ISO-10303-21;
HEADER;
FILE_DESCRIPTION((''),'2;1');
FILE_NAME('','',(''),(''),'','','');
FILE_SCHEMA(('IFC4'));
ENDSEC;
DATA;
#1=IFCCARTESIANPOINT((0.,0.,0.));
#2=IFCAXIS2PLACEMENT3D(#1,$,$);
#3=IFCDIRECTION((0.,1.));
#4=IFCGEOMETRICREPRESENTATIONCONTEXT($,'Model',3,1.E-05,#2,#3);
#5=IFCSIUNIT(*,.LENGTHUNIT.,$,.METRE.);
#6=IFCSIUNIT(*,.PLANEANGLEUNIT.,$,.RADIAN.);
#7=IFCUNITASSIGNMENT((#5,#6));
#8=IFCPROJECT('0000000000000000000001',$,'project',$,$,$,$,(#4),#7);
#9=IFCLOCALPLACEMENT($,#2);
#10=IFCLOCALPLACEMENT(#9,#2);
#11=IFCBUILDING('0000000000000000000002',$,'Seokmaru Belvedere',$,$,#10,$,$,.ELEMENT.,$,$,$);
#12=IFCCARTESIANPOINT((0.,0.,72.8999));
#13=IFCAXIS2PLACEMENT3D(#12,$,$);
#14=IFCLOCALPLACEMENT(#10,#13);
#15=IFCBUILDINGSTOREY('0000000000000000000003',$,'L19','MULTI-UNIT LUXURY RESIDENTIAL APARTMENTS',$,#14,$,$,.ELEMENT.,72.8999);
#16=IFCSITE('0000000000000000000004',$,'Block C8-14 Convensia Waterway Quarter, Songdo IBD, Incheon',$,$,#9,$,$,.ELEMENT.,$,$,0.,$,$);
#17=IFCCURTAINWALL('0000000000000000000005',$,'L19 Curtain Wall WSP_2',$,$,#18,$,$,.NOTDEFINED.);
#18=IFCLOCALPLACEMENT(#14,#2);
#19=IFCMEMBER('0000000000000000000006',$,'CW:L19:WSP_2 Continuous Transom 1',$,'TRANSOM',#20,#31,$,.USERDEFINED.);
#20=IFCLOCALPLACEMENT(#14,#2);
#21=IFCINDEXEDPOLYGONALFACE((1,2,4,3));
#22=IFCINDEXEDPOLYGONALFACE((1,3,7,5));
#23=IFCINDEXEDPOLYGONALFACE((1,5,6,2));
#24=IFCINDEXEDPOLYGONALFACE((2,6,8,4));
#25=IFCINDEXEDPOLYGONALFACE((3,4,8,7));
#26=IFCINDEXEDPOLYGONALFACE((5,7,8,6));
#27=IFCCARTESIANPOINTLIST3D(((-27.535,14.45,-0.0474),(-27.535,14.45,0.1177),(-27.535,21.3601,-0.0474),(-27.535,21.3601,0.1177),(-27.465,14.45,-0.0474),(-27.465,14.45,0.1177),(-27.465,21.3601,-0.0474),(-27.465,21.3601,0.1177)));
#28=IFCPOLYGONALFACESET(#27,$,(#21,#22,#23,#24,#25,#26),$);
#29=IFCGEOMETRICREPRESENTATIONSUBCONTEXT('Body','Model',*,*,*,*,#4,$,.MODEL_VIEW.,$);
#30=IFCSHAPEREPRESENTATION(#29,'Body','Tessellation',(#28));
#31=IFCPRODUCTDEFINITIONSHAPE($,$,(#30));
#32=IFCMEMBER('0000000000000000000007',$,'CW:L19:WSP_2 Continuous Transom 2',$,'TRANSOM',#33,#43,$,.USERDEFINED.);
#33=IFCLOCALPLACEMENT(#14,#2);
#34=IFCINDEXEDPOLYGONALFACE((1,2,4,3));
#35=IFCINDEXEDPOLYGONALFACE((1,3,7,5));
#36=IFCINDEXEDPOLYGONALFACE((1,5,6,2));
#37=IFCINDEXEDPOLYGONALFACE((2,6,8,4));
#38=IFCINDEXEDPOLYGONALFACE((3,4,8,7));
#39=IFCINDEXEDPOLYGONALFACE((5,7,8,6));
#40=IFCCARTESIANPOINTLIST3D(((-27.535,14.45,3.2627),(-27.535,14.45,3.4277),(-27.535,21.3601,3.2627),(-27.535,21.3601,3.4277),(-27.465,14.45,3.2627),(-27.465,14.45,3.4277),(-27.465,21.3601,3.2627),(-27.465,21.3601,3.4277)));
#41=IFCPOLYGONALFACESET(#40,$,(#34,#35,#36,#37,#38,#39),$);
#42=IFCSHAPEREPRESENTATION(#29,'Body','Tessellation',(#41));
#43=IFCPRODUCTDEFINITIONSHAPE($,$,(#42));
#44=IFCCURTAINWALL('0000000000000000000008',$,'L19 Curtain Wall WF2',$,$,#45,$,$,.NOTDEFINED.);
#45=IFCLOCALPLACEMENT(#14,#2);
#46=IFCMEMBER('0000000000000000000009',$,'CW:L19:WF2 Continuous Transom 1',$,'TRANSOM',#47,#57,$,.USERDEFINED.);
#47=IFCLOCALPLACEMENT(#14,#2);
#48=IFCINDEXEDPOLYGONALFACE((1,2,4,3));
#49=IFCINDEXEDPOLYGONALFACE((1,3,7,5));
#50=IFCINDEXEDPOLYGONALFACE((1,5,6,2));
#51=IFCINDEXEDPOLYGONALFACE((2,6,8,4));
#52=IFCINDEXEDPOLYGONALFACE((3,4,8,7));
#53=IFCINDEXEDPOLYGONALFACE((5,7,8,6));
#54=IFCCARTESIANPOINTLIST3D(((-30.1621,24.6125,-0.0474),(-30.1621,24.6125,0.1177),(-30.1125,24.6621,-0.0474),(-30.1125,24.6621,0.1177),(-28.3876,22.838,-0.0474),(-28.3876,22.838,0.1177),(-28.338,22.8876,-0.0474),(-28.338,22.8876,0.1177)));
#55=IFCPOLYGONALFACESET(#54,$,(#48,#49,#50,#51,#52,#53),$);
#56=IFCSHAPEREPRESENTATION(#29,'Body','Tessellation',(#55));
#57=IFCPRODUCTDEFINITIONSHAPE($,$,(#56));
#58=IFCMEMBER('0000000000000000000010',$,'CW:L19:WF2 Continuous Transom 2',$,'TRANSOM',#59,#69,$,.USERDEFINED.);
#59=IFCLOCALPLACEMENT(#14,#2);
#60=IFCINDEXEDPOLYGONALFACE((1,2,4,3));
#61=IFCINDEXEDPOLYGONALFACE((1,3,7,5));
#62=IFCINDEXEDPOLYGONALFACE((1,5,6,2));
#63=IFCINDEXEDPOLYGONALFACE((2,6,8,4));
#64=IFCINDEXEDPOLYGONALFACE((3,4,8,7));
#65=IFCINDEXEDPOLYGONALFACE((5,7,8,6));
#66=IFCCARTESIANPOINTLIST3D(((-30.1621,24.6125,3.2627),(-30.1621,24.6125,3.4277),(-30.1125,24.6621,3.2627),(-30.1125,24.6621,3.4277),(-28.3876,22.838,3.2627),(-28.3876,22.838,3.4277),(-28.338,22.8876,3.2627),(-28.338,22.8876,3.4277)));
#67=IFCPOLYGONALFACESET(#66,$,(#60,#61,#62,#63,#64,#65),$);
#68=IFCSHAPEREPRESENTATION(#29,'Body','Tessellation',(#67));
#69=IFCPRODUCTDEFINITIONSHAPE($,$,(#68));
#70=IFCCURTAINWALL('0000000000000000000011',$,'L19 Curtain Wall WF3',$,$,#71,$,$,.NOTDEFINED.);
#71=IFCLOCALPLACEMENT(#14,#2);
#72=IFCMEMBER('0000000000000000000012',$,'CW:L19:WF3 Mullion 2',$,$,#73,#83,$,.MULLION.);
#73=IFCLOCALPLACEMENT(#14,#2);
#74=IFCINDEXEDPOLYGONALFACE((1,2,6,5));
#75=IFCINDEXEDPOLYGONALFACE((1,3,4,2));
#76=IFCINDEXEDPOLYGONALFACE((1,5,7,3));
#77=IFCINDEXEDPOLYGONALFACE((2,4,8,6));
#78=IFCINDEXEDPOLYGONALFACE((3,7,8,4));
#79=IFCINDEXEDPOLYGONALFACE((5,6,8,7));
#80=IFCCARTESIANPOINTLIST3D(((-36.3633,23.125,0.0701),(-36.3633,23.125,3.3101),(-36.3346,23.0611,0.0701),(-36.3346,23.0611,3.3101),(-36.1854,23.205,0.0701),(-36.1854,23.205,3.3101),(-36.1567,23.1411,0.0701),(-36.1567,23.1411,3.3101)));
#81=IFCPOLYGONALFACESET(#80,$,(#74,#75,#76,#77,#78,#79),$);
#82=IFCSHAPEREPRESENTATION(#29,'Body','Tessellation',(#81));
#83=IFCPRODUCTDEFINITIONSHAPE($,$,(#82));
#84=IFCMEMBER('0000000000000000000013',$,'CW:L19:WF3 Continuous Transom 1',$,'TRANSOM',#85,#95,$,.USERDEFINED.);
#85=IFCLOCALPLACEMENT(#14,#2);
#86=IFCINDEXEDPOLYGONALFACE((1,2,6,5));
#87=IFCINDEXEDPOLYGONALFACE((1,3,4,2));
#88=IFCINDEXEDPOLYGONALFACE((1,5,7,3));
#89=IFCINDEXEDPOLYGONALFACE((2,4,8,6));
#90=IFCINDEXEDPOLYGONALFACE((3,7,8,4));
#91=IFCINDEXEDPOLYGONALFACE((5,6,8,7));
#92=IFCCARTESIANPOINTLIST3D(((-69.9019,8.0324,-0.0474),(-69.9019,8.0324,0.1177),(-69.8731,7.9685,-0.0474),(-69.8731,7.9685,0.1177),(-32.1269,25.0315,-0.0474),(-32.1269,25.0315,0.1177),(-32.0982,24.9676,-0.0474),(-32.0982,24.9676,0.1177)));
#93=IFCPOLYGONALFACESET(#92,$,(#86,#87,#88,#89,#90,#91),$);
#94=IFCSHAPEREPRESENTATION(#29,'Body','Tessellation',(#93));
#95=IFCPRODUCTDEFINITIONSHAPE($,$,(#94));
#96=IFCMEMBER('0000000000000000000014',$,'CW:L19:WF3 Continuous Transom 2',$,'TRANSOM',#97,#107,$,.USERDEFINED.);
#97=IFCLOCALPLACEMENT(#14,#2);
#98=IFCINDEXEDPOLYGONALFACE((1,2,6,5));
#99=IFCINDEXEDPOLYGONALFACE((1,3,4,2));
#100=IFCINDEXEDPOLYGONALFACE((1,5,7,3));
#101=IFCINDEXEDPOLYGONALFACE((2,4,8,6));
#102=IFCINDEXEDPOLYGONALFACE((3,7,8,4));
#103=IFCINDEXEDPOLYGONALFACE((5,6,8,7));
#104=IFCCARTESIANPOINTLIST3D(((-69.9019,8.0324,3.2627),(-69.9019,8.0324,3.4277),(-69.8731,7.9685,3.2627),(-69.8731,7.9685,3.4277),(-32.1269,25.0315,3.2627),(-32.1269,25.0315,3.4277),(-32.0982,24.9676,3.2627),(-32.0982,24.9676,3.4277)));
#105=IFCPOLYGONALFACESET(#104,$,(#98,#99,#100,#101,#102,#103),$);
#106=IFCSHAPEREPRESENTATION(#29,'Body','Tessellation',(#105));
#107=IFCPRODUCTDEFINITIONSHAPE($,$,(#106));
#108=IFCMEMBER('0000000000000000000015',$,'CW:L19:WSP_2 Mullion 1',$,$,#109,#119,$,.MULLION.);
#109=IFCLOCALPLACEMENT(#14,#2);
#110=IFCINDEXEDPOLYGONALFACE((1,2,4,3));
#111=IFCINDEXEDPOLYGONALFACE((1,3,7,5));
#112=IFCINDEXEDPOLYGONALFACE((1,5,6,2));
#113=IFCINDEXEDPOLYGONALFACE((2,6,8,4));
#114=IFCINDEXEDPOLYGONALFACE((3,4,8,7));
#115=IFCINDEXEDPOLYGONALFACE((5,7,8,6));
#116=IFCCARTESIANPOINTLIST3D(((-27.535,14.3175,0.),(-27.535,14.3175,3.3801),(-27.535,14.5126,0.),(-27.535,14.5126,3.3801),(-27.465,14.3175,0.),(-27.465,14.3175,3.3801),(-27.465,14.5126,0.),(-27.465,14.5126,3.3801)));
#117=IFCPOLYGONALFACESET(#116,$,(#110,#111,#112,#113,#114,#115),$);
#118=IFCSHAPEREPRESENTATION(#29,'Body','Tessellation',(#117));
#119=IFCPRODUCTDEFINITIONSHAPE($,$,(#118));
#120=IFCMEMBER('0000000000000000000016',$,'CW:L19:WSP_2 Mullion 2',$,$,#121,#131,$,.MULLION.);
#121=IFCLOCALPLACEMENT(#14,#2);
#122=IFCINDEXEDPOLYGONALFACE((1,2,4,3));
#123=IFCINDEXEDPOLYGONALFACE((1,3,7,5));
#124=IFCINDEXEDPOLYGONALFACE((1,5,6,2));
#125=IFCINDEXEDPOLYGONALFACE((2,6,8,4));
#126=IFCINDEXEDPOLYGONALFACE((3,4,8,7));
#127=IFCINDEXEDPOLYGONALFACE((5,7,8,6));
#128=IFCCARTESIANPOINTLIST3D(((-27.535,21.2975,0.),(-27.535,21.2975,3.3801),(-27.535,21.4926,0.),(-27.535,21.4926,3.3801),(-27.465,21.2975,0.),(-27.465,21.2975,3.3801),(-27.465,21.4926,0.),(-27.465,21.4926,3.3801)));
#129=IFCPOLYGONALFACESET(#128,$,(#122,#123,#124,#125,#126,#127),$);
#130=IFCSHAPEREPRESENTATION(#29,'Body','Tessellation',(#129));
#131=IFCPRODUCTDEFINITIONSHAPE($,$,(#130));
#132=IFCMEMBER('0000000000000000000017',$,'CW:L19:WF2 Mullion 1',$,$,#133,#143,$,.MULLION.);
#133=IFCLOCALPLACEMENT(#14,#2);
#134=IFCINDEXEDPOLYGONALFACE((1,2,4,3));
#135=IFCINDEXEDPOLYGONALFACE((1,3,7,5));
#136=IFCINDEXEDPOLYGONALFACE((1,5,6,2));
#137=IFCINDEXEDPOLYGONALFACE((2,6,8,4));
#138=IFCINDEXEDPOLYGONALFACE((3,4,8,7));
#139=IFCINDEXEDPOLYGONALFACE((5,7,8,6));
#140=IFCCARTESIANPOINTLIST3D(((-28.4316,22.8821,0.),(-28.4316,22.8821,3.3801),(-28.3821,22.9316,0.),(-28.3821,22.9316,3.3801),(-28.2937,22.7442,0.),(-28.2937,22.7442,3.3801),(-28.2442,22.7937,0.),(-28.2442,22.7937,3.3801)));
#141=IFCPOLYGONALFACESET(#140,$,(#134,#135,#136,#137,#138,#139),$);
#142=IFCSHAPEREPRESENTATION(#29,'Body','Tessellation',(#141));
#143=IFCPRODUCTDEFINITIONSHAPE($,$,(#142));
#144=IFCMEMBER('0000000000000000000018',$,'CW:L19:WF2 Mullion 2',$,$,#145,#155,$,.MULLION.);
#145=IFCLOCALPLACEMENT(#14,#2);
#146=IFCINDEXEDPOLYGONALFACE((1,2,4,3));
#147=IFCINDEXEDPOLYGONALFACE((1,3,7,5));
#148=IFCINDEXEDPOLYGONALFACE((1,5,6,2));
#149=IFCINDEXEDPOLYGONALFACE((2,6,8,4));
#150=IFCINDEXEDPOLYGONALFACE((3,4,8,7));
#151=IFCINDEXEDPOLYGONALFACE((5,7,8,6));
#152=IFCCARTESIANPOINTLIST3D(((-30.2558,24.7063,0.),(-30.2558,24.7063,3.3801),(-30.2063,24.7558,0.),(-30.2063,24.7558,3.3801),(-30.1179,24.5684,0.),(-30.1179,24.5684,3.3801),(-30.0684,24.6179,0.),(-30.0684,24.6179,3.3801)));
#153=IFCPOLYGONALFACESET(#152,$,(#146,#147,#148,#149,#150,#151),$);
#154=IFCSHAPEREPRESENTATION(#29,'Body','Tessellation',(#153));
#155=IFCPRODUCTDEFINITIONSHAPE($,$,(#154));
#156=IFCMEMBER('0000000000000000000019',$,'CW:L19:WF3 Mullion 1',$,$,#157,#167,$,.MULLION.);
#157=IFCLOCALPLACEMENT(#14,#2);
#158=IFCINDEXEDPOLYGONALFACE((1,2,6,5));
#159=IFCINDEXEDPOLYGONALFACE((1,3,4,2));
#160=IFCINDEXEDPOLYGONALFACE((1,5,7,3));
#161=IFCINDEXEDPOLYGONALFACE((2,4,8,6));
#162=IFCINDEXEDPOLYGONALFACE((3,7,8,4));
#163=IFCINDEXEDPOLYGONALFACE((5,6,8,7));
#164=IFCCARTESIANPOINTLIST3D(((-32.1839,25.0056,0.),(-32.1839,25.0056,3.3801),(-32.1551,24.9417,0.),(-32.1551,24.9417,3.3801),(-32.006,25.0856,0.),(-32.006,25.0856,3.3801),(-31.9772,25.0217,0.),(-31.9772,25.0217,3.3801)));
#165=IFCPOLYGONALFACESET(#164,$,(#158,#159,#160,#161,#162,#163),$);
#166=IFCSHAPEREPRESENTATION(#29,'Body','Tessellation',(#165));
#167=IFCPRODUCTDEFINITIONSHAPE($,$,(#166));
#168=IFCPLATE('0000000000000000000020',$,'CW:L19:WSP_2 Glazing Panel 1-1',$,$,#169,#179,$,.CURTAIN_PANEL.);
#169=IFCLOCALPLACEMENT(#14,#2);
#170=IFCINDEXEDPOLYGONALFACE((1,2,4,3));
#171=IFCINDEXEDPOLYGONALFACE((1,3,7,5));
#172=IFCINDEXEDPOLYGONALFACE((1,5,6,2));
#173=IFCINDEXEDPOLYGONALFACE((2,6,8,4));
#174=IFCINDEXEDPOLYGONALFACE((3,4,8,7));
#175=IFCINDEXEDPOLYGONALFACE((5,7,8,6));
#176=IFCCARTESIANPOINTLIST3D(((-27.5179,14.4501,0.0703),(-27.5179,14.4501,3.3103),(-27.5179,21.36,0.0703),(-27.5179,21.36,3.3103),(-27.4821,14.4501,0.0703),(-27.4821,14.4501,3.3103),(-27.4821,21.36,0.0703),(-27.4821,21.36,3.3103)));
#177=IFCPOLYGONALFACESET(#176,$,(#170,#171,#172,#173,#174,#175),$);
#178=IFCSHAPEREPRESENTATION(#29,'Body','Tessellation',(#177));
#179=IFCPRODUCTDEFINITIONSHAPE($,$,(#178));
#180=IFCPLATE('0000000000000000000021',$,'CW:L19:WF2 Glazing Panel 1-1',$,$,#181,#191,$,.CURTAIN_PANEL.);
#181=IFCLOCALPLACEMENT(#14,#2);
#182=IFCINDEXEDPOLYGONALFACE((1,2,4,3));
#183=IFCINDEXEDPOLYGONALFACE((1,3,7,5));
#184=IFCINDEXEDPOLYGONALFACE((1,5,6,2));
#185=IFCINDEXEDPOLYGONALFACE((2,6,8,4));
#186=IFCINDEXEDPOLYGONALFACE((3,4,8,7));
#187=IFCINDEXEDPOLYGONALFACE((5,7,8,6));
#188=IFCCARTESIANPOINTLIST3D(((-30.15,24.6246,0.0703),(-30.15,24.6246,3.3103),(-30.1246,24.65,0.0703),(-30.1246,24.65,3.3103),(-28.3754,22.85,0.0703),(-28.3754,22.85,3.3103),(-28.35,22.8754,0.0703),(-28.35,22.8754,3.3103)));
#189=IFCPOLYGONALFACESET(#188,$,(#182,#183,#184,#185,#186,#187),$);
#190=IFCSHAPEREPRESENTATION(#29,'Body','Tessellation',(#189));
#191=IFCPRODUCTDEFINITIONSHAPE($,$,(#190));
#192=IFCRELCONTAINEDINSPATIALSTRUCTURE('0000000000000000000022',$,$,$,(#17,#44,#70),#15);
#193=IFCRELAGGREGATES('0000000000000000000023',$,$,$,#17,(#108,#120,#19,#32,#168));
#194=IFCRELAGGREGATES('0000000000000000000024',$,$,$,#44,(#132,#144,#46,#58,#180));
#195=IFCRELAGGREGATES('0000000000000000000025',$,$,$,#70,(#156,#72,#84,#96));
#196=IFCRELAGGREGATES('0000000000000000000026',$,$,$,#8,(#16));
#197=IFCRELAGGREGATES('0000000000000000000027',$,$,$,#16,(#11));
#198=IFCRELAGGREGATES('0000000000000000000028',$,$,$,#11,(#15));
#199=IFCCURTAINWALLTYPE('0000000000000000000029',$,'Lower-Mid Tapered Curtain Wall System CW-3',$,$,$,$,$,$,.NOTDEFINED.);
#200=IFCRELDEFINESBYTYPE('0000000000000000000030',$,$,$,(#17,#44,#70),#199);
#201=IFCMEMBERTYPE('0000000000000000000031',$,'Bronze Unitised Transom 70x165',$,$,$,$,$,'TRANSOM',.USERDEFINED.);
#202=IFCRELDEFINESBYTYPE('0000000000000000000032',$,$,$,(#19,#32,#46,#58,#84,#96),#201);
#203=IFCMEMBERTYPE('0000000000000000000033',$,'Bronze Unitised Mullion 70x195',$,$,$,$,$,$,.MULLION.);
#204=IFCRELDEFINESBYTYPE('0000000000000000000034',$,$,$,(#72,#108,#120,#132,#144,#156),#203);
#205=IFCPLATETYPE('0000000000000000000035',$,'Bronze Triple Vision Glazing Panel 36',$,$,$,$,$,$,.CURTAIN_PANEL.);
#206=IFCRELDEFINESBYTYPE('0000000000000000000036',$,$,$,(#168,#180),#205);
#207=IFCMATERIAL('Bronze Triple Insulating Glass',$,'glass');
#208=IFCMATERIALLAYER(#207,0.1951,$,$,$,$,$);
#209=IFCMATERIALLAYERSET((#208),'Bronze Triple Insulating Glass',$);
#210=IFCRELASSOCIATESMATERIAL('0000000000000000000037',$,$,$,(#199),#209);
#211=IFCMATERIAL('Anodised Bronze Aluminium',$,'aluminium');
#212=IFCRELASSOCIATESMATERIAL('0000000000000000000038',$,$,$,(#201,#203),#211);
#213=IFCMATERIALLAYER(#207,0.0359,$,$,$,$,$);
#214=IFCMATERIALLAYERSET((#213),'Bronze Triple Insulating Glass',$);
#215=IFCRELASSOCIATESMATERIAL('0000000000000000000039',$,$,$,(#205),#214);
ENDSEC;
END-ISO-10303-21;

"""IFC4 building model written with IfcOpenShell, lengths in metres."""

from ifc_helpers import new_model, si_unit, direction, frame, origin, origin_2d, place, context, subcontext, project, spatial, rectangle, extrude, source, transform, mapped, material, layer, layer_set, material_profile, profile_set, type_object, type_shapes, element, aggregate, save


model = new_model("IFC4")

# Units and contexts
model_context = context("Model", 3, precision=1e-05, world=origin(), true_north=direction((0.0, 1.0)))
body_context = subcontext(model_context, "Body", "Model", "MODEL_VIEW")
ifc_project = project(units=[si_unit("LENGTHUNIT", "METRE"), si_unit("PLANEANGLEUNIT", "RADIAN")], contexts=[model_context])

# Site, building, storey
site_placement = place(None, origin())
site = spatial("IfcSite", under=ifc_project, at=site_placement, Name="Block C8-14 Convensia Waterway Quarter, Songdo IBD, Incheon", CompositionType="ELEMENT", RefElevation=0.0)
building_placement = place(site_placement, origin())
building = spatial("IfcBuilding", under=site, at=building_placement, Name="Seokmaru Belvedere", CompositionType="ELEMENT")
storey_placement = place(building_placement, frame((0.0, 0.0, 72.8999)))
storey = spatial("IfcBuildingStorey", under=building, at=storey_placement, Name="L19", Description="MULTI-UNIT LUXURY RESIDENTIAL APARTMENTS", CompositionType="ELEMENT", Elevation=72.8999)

# Curtain walls, members
ifc_material_1 = material(Name="Bronze Triple Insulating Glass", Category="glass")
ifc_layer_1 = layer(ifc_material_1, 0.1951)
ifc_layer_set_1 = layer_set([ifc_layer_1], Name="Bronze Triple Insulating Glass")
curtain_wall_type = type_object("IfcCurtainWallType", Name="Lower-Mid Tapered Curtain Wall System CW-3", PredefinedType="NOTDEFINED", material=ifc_layer_set_1)
curtain_wall_1_placement = place(storey_placement, origin())
curtain_wall_1 = element("IfcCurtainWall", 1, at=curtain_wall_1_placement, inside=storey, type_object=curtain_wall_type, Name="L19 Curtain Wall WSP_2", PredefinedType="NOTDEFINED")
ifc_material_2 = material(Name="Anodised Bronze Aluminium", Category="aluminium")
ifc_material_profile_1 = material_profile(ifc_material_2, rectangle(XDim=0.0701, YDim=0.165, at=origin_2d()), Name="CW-T-70x165")
ifc_profile_set_1 = profile_set([ifc_material_profile_1], Name="Anodised Bronze Aluminium")
member_type_1 = type_object("IfcMemberType", Name="Bronze Unitised Transom 70x165", ElementType="TRANSOM", PredefinedType="USERDEFINED", material=ifc_profile_set_1)
shared_shape_1 = source(origin(), body_context, "Body", "SweptSolid", [
    extrude(rectangle(XDim=0.0701, YDim=0.165, at=origin_2d()), origin(), (0.0, 0.0, 1.0), 6.9102),
])
member_1_placement = place(storey_placement, frame((-27.5, 14.45, 0.0352), z_axis=(0.0, 1.0, 0.0), x_axis=(-1.0, 0.0, 0.0)))
member_1 = element("IfcMember", 2, at=member_1_placement, type_object=member_type_1, Name="CW:L19:WSP_2 Continuous Transom 1", ObjectType="TRANSOM", PredefinedType="USERDEFINED", context=body_context, shape_type="MappedRepresentation", body=[
    mapped(shared_shape_1, transform((0.0, 0.0, 0.0), scale=1.0)),
])
member_2_placement = place(storey_placement, frame((-27.5, 14.45, 3.3452), z_axis=(0.0, 1.0, 0.0), x_axis=(-1.0, 0.0, 0.0)))
member_2 = element("IfcMember", 3, at=member_2_placement, type_object=member_type_1, Name="CW:L19:WSP_2 Continuous Transom 2", ObjectType="TRANSOM", PredefinedType="USERDEFINED", context=body_context, shape_type="MappedRepresentation", body=[
    mapped(shared_shape_1, transform((0.0, 0.0, 0.0), scale=1.0)),
])
curtain_wall_2_placement = place(storey_placement, origin())
curtain_wall_2 = element("IfcCurtainWall", 4, at=curtain_wall_2_placement, inside=storey, type_object=curtain_wall_type, Name="L19 Curtain Wall WF2", PredefinedType="NOTDEFINED")
shared_shape_2 = source(origin(), body_context, "Body", "SweptSolid", [
    extrude(rectangle(XDim=0.0701, YDim=0.165, at=origin_2d()), origin(), (0.0, 0.0, 1.0), 2.5095),
])
member_3_placement = place(storey_placement, frame((-28.3628, 22.8628, 0.0352), z_axis=(-0.707107, 0.707107, 0.0), x_axis=(-0.707107, -0.707107, 0.0)))
member_3 = element("IfcMember", 5, at=member_3_placement, type_object=member_type_1, Name="CW:L19:WF2 Continuous Transom 1", ObjectType="TRANSOM", PredefinedType="USERDEFINED", context=body_context, shape_type="MappedRepresentation", body=[
    mapped(shared_shape_2, transform((0.0, 0.0, 0.0), scale=1.0)),
])
member_4_placement = place(storey_placement, frame((-28.3628, 22.8628, 3.3452), z_axis=(-0.707107, 0.707107, 0.0), x_axis=(-0.707107, -0.707107, 0.0)))
member_4 = element("IfcMember", 6, at=member_4_placement, type_object=member_type_1, Name="CW:L19:WF2 Continuous Transom 2", ObjectType="TRANSOM", PredefinedType="USERDEFINED", context=body_context, shape_type="MappedRepresentation", body=[
    mapped(shared_shape_2, transform((0.0, 0.0, 0.0), scale=1.0)),
])
curtain_wall_3_placement = place(storey_placement, origin())
curtain_wall_3 = element("IfcCurtainWall", 7, at=curtain_wall_3_placement, inside=storey, type_object=curtain_wall_type, Name="L19 Curtain Wall WF3", PredefinedType="NOTDEFINED")
ifc_material_profile_2 = material_profile(ifc_material_2, rectangle(XDim=0.0701, YDim=0.1951, at=origin_2d()), Name="CW-M-70x195")
ifc_profile_set_2 = profile_set([ifc_material_profile_2], Name="Anodised Bronze Aluminium")
member_type_2 = type_object("IfcMemberType", Name="Bronze Unitised Mullion 70x195", PredefinedType="MULLION", material=ifc_profile_set_2)
shared_shape_3 = source(origin(), body_context, "Body", "SweptSolid", [
    extrude(rectangle(XDim=0.0701, YDim=0.1951, at=origin_2d()), origin(), (0.0, 0.0, 1.0), 3.24),
])
member_5_placement = place(storey_placement, frame((-36.26, 23.1331, 0.0701), z_axis=(0.0, 0.0, 1.0), x_axis=(0.410366, -0.911921, 0.0)))
member_5 = element("IfcMember", 8, at=member_5_placement, type_object=member_type_2, Name="CW:L19:WF3 Mullion 2", PredefinedType="MULLION", context=body_context, shape_type="MappedRepresentation", body=[
    mapped(shared_shape_3, transform((0.0, 0.0, 0.0), scale=1.0)),
])
shared_shape_4 = source(origin(), body_context, "Body", "SweptSolid", [
    extrude(rectangle(XDim=0.0701, YDim=0.165, at=origin_2d()), origin(), (0.0, 0.0, 1.0), 41.4236),
])
type_shapes(member_type_1, [shared_shape_1, shared_shape_2, shared_shape_4])
member_6_placement = place(storey_placement, frame((-32.1125, 24.9995, 0.0352), z_axis=(-0.911919, -0.410371, 0.0), x_axis=(0.410371, -0.911919, 0.0)))
member_6 = element("IfcMember", 9, at=member_6_placement, type_object=member_type_1, Name="CW:L19:WF3 Continuous Transom 1", ObjectType="TRANSOM", PredefinedType="USERDEFINED", context=body_context, shape_type="MappedRepresentation", body=[
    mapped(shared_shape_4, transform((0.0, 0.0, 0.0), scale=1.0)),
])
member_7_placement = place(storey_placement, frame((-32.1125, 24.9995, 3.3452), z_axis=(-0.911919, -0.410371, 0.0), x_axis=(0.410371, -0.911919, 0.0)))
member_7 = element("IfcMember", 10, at=member_7_placement, type_object=member_type_1, Name="CW:L19:WF3 Continuous Transom 2", ObjectType="TRANSOM", PredefinedType="USERDEFINED", context=body_context, shape_type="MappedRepresentation", body=[
    mapped(shared_shape_4, transform((0.0, 0.0, 0.0), scale=1.0)),
])

# Members
shared_shape_5 = source(origin(), body_context, "Body", "SweptSolid", [
    extrude(rectangle(XDim=0.0701, YDim=0.1951, at=origin_2d()), origin(), (0.0, 0.0, 1.0), 3.3801),
])
type_shapes(member_type_2, [shared_shape_3, shared_shape_5])
member_8_placement = place(storey_placement, frame((-27.5, 14.415, 0.0), z_axis=(0.0, 0.0, 1.0), x_axis=(-1.0, 0.0, 0.0)))
member_8 = element("IfcMember", 11, at=member_8_placement, type_object=member_type_2, Name="CW:L19:WSP_2 Mullion 1", PredefinedType="MULLION", context=body_context, shape_type="MappedRepresentation", body=[
    mapped(shared_shape_5, transform((0.0, 0.0, 0.0), scale=1.0)),
])
member_9_placement = place(storey_placement, frame((-27.5, 21.395, 0.0), z_axis=(0.0, 0.0, 1.0), x_axis=(-1.0, 0.0, 0.0)))
member_9 = element("IfcMember", 12, at=member_9_placement, type_object=member_type_2, Name="CW:L19:WSP_2 Mullion 2", PredefinedType="MULLION", context=body_context, shape_type="MappedRepresentation", body=[
    mapped(shared_shape_5, transform((0.0, 0.0, 0.0), scale=1.0)),
])
member_10_placement = place(storey_placement, frame((-28.3379, 22.8379, 0.0), z_axis=(0.0, 0.0, 1.0), x_axis=(-0.707107, -0.707107, 0.0)))
member_10 = element("IfcMember", 13, at=member_10_placement, type_object=member_type_2, Name="CW:L19:WF2 Mullion 1", PredefinedType="MULLION", context=body_context, shape_type="MappedRepresentation", body=[
    mapped(shared_shape_5, transform((0.0, 0.0, 0.0), scale=1.0)),
])
member_11_placement = place(storey_placement, frame((-30.1621, 24.6621, 0.0), z_axis=(0.0, 0.0, 1.0), x_axis=(-0.707107, -0.707107, 0.0)))
member_11 = element("IfcMember", 14, at=member_11_placement, type_object=member_type_2, Name="CW:L19:WF2 Mullion 2", PredefinedType="MULLION", context=body_context, shape_type="MappedRepresentation", body=[
    mapped(shared_shape_5, transform((0.0, 0.0, 0.0), scale=1.0)),
])
member_12_placement = place(storey_placement, frame((-32.0806, 25.0137, 0.0), z_axis=(0.0, 0.0, 1.0), x_axis=(0.410366, -0.911921, 0.0)))
member_12 = element("IfcMember", 15, at=member_12_placement, type_object=member_type_2, Name="CW:L19:WF3 Mullion 1", PredefinedType="MULLION", context=body_context, shape_type="MappedRepresentation", body=[
    mapped(shared_shape_5, transform((0.0, 0.0, 0.0), scale=1.0)),
])

# Plates
ifc_layer_2 = layer(ifc_material_1, 0.0359)
ifc_layer_set_2 = layer_set([ifc_layer_2], Name="Bronze Triple Insulating Glass")
plate_type = type_object("IfcPlateType", Name="Bronze Triple Vision Glazing Panel 36", PredefinedType="CURTAIN_PANEL", material=ifc_layer_set_2)
shared_shape_6 = source(origin(), body_context, "Body", "SweptSolid", [
    extrude(rectangle(XDim=6.9099, YDim=0.0359, at=origin_2d()), origin(), (0.0, 0.0, 1.0), 3.24),
])
plate_1_placement = place(storey_placement, frame((-27.5, 17.905, 0.0703), z_axis=(0.0, 0.0, 1.0), x_axis=(0.0, 1.0, 0.0)))
plate_1 = element("IfcPlate", 16, at=plate_1_placement, type_object=plate_type, Name="CW:L19:WSP_2 Glazing Panel 1-1", PredefinedType="CURTAIN_PANEL", context=body_context, shape_type="MappedRepresentation", body=[
    mapped(shared_shape_6, transform((0.0, 0.0, 0.0), scale=1.0)),
])
aggregate(curtain_wall_1, [member_8, member_9, member_1, member_2, plate_1])
shared_shape_7 = source(origin(), body_context, "Body", "SweptSolid", [
    extrude(rectangle(XDim=2.5098, YDim=0.0359, at=origin_2d()), origin(), (0.0, 0.0, 1.0), 3.24),
])
plate_2_placement = place(storey_placement, frame((-29.25, 23.75, 0.0703), z_axis=(0.0, 0.0, 1.0), x_axis=(-0.707107, 0.707107, 0.0)))
plate_2 = element("IfcPlate", 17, at=plate_2_placement, type_object=plate_type, Name="CW:L19:WF2 Glazing Panel 1-1", PredefinedType="CURTAIN_PANEL", context=body_context, shape_type="MappedRepresentation", body=[
    mapped(shared_shape_7, transform((0.0, 0.0, 0.0), scale=1.0)),
])
aggregate(curtain_wall_2, [member_10, member_11, member_3, member_4, plate_2])
aggregate(curtain_wall_3, [member_12, member_5, member_6, member_7])

save(model, "model.ifc")
